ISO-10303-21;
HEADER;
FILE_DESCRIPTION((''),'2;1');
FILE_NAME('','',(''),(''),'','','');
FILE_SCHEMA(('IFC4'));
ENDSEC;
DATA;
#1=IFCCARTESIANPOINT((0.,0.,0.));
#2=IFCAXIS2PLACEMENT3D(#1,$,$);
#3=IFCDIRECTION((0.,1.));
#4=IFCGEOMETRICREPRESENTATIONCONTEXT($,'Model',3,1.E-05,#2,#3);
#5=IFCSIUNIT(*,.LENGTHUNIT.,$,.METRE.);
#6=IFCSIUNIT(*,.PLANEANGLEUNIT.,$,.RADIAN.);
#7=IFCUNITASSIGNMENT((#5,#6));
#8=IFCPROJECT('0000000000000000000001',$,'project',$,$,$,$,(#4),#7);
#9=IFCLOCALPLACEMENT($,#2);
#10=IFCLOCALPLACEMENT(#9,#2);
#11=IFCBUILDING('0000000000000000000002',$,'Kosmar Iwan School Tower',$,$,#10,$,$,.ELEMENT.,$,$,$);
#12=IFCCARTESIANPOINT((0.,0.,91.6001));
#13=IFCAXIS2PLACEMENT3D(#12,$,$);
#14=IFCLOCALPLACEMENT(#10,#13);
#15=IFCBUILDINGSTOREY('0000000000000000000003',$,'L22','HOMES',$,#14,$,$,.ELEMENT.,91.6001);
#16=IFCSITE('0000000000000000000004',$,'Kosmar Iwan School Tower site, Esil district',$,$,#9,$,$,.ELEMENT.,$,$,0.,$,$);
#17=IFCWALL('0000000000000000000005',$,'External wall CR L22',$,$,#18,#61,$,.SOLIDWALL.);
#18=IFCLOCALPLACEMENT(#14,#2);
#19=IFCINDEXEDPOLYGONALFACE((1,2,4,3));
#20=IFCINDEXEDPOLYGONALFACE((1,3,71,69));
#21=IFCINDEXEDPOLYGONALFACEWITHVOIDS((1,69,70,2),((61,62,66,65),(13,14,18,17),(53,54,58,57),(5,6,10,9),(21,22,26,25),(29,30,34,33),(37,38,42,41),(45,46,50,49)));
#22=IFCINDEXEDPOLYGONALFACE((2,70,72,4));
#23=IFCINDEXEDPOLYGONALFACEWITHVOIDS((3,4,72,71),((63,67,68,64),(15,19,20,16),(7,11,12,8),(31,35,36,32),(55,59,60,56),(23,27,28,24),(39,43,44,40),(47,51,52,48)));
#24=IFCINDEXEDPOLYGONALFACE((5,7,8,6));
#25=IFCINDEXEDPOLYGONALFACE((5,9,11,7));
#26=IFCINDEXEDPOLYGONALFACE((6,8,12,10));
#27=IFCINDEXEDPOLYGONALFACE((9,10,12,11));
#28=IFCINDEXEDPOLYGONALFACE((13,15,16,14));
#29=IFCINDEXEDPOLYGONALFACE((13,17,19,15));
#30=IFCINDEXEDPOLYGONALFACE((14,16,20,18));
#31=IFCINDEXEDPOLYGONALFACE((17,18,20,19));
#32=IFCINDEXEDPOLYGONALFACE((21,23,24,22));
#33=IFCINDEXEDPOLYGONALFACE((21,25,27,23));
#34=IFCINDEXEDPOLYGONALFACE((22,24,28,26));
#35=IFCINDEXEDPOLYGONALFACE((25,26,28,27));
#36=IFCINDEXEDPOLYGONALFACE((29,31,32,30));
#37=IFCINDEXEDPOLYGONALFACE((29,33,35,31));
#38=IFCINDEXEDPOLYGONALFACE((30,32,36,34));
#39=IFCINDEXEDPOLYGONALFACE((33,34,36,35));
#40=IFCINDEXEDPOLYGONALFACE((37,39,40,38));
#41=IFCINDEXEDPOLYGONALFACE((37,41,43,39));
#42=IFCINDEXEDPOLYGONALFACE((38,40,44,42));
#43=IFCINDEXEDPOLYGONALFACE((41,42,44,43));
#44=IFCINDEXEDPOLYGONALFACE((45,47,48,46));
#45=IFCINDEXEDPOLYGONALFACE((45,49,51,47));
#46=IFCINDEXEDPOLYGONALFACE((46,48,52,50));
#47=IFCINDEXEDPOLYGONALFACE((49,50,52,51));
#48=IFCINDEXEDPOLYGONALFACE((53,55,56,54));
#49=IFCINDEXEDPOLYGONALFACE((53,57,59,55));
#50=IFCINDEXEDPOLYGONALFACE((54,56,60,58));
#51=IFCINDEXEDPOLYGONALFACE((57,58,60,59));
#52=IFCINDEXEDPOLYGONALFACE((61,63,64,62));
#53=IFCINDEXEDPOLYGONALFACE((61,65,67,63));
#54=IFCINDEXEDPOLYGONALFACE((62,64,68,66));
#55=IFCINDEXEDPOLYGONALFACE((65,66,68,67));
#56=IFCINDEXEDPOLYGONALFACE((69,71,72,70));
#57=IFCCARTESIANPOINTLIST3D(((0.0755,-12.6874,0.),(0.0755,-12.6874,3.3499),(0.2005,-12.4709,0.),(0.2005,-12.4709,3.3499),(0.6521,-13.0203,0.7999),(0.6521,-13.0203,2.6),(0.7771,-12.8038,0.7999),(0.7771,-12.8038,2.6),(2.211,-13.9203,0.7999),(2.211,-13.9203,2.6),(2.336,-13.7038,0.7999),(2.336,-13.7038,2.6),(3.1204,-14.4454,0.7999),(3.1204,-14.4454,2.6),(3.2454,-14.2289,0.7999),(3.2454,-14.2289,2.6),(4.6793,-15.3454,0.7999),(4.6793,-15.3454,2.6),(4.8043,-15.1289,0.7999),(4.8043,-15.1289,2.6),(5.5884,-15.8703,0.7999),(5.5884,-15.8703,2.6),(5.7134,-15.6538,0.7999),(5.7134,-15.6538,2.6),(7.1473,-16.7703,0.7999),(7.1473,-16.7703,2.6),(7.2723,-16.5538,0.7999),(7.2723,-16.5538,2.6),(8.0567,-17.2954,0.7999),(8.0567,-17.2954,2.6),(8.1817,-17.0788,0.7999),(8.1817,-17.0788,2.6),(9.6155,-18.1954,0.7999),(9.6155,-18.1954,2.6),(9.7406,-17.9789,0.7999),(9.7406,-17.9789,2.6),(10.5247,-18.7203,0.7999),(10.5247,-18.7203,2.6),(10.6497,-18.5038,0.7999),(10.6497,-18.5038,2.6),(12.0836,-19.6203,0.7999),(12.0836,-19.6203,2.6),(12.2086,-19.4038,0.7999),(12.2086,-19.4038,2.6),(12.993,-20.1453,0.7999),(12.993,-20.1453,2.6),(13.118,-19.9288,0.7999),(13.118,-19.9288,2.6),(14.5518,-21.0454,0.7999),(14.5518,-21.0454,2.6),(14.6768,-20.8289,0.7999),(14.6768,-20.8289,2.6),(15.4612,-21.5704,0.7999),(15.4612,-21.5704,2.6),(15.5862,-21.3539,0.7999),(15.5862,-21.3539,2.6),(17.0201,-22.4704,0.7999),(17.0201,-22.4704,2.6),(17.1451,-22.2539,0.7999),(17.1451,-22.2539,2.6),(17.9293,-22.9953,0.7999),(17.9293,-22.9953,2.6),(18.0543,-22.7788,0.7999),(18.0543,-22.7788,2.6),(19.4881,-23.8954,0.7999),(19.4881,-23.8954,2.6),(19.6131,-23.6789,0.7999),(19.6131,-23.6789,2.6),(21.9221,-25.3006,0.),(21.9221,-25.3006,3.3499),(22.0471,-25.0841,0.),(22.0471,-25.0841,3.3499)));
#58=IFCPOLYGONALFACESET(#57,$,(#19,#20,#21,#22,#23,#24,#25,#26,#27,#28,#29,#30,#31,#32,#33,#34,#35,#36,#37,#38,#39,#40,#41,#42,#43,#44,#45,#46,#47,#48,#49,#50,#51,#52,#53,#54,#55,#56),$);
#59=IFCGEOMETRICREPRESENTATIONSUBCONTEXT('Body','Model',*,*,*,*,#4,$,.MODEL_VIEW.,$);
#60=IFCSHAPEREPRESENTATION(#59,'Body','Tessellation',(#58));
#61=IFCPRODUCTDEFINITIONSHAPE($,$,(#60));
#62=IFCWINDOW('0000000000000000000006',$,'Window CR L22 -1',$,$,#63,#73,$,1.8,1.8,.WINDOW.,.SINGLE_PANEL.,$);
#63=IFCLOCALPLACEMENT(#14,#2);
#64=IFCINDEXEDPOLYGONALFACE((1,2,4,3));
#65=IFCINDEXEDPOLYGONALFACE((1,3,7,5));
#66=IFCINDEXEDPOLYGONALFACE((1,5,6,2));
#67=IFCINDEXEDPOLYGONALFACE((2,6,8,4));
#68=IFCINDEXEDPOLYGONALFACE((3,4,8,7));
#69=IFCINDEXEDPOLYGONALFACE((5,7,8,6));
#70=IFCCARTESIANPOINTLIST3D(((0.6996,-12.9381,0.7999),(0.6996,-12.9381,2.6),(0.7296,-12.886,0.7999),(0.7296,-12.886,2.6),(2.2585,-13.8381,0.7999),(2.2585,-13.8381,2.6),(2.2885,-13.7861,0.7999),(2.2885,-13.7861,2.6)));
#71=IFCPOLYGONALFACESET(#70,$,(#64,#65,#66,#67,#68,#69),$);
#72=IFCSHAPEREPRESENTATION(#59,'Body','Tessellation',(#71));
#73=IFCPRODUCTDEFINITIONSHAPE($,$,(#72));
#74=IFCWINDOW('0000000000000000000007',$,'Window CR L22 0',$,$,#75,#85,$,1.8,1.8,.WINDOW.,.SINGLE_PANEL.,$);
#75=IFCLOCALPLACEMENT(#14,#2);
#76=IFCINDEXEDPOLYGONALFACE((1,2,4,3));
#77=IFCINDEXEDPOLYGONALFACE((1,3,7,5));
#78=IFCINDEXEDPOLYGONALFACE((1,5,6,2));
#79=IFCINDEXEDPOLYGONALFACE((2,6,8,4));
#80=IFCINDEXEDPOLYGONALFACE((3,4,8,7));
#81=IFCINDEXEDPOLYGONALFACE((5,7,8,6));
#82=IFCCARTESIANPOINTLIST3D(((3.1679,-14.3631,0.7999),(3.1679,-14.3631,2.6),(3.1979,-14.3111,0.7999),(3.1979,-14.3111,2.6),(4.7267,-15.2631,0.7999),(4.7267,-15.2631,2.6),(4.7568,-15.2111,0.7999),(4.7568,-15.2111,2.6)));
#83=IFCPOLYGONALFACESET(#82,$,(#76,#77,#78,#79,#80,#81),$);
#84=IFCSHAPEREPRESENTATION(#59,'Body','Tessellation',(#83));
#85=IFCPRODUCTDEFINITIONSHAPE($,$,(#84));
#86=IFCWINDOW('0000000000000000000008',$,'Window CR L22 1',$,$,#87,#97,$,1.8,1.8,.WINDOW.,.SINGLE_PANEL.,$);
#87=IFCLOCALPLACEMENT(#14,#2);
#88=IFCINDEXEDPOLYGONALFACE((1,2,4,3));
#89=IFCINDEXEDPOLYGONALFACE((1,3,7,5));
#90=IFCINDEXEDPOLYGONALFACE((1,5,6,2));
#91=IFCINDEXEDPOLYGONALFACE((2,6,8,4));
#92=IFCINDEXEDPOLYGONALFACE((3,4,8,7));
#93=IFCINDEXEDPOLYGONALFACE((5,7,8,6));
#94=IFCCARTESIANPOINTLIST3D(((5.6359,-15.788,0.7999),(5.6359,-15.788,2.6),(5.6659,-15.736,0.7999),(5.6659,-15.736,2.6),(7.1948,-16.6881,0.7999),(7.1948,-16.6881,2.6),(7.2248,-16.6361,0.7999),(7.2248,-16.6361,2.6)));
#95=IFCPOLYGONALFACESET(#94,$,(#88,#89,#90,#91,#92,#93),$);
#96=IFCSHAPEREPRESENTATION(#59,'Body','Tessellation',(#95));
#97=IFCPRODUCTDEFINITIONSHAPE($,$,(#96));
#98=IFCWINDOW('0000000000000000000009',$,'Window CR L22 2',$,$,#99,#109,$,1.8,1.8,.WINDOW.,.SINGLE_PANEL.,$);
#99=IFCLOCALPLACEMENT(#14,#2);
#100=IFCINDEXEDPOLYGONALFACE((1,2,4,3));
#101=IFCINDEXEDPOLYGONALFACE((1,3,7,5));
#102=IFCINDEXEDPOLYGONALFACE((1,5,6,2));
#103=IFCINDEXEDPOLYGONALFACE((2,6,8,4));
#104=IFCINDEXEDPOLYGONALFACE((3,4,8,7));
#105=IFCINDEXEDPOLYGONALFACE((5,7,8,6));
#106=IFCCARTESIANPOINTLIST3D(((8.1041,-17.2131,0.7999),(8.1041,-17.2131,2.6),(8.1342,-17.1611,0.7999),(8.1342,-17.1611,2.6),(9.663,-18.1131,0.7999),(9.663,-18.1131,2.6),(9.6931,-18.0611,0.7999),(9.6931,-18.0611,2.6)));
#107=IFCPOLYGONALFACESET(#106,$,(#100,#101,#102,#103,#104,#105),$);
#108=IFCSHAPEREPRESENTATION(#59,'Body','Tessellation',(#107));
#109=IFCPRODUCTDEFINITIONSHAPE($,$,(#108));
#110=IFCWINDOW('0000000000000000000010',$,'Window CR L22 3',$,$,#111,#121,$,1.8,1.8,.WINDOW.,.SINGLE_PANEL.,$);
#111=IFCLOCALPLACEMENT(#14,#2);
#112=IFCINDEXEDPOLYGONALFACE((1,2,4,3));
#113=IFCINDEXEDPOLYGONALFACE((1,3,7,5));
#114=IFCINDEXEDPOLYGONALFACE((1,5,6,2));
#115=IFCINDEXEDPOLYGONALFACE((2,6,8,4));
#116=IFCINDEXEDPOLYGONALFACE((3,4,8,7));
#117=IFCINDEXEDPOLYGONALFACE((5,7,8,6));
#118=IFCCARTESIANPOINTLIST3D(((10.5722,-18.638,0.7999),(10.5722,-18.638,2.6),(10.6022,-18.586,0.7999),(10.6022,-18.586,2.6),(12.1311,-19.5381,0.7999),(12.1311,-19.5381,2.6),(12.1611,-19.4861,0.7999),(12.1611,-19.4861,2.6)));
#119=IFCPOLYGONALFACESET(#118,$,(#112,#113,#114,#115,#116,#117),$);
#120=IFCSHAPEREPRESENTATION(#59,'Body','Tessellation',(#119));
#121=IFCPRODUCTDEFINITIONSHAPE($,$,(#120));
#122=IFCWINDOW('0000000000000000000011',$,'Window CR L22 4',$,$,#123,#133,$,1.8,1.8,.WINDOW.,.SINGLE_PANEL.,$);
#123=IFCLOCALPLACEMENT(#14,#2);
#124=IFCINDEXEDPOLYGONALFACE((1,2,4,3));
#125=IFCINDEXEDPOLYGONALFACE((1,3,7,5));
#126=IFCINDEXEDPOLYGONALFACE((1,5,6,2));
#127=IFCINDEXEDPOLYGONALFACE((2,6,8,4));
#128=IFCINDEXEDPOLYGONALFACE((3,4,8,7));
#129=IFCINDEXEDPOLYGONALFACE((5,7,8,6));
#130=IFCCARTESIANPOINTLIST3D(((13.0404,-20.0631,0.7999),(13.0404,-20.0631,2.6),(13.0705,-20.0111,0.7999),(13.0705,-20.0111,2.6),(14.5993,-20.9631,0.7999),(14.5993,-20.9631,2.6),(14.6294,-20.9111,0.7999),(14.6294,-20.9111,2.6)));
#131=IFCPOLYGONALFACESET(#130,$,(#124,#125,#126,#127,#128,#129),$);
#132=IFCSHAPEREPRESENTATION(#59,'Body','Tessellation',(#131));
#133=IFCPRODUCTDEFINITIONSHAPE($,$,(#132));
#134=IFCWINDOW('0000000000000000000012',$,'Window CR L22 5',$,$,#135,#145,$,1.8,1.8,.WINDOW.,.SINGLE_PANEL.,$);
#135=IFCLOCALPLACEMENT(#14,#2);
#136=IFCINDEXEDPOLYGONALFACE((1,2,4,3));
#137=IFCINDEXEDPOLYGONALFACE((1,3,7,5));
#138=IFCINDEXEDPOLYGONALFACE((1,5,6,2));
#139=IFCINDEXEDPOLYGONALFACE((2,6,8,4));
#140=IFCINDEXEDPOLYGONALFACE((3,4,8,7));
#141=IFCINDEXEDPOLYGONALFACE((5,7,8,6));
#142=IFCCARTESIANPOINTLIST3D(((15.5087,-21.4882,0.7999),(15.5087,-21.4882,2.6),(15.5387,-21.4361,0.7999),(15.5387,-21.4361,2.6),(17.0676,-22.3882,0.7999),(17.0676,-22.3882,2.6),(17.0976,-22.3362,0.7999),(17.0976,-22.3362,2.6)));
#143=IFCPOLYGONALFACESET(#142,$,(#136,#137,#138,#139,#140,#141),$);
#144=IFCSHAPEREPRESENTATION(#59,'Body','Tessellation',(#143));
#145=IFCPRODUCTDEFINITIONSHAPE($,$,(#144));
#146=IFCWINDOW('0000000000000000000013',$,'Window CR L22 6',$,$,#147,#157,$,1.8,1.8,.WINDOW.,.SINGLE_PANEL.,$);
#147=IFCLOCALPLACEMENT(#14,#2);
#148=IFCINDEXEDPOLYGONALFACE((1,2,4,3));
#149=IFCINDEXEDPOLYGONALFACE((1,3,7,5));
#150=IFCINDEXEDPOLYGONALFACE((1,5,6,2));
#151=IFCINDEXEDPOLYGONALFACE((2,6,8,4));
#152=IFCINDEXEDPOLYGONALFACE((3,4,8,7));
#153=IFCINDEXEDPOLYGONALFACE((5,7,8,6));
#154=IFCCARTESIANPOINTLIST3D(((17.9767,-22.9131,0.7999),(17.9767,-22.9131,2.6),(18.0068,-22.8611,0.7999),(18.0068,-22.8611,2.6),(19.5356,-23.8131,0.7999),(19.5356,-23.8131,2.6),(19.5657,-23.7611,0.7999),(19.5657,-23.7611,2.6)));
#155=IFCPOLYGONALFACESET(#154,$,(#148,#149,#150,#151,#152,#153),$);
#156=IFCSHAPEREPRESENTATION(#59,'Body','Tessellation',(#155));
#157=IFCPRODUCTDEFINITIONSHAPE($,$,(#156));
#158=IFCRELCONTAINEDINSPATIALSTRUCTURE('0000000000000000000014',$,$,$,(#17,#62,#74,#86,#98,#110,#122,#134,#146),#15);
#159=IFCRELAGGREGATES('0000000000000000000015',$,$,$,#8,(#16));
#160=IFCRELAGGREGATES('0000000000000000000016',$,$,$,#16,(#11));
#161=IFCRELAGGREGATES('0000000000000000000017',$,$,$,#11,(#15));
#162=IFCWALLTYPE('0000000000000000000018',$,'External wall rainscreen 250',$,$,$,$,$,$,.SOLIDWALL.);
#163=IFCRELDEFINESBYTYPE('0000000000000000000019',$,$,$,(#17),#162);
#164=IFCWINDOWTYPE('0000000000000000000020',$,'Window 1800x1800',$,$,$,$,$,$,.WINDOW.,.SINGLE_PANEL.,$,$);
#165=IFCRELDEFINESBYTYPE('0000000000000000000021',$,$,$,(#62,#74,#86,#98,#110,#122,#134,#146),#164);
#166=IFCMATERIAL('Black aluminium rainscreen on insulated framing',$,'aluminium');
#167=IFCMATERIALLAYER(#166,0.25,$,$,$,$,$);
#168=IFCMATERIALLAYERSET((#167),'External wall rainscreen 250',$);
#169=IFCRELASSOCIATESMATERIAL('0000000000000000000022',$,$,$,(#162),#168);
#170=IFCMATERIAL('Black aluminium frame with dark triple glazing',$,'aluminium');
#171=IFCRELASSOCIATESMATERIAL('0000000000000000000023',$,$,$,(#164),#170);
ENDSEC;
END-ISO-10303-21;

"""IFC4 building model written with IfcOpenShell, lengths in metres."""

from ifc_helpers import new_model, si_unit, direction, frame, frame_2d, origin, place, context, subcontext, project, spatial, rectangle, extrude, material, layer, layer_set, type_object, element, fill, save


model = new_model("IFC4")

# Units and contexts
model_context = context("Model", 3, precision=1e-05, world=origin(), true_north=direction((0.0, 1.0)))
body_context = subcontext(model_context, "Body", "Model", "MODEL_VIEW")
ifc_project = project(units=[si_unit("LENGTHUNIT", "METRE"), si_unit("PLANEANGLEUNIT", "RADIAN")], contexts=[model_context])

# Site, building, storey
site_placement = place(None, origin())
site = spatial("IfcSite", under=ifc_project, at=site_placement, Name="Kosmar Iwan School Tower site, Esil district", CompositionType="ELEMENT", RefElevation=0.0)
building_placement = place(site_placement, origin())
building = spatial("IfcBuilding", under=site, at=building_placement, Name="Kosmar Iwan School Tower", CompositionType="ELEMENT")
storey_placement = place(building_placement, frame((0.0, 0.0, 91.6001)))
storey = spatial("IfcBuildingStorey", under=building, at=storey_placement, Name="L22", Description="HOMES", CompositionType="ELEMENT", Elevation=91.6001)

# Wall, openings, windows
ifc_material_1 = material(Name="Black aluminium rainscreen on insulated framing", Category="aluminium")
ifc_layer_1 = layer(ifc_material_1, 0.25)
ifc_layer_set_1 = layer_set([ifc_layer_1], Name="External wall rainscreen 250")
wall_type_1 = type_object("IfcWallType", Name="External wall rainscreen 250", PredefinedType="SOLIDWALL", material=ifc_layer_set_1)
ifc_material_2 = material(Name="Black aluminium frame with dark triple glazing", Category="aluminium")
window_type = type_object("IfcWindowType", Name="Window 1800x1800", PartitioningType="SINGLE_PANEL", PredefinedType="WINDOW", material=ifc_material_2)
wall_1_placement = place(storey_placement, frame((0.1379, -12.5791, 0.0), z_axis=(0.0, 0.0, 1.0), x_axis=(0.866024, -0.500003, 0.0)))
wall_1 = element("IfcWall", 1, at=wall_1_placement, inside=storey, type_object=wall_type_1, Name="External wall CR L22", PredefinedType="SOLIDWALL", context=body_context, shape_type="SweptSolid", body=[
    extrude(rectangle(XDim=25.2263, YDim=0.25, at=frame_2d((12.6133, 0.0))), origin(), (0.0, 0.0, 1.0), 3.3499),
])
opening_1_placement = place(wall_1_placement, frame((0.666, 0.0, 0.8)))
opening_1 = element("IfcOpeningElement", 2, at=opening_1_placement, cuts=wall_1, PredefinedType="OPENING", context=body_context, shape_type="SweptSolid", body=[
    extrude(rectangle(XDim=1.8, YDim=1.8, at=frame_2d((0.8999, 0.8999))), frame((0.0, 0.137, 0.0), z_axis=(0.0, -1.0, 0.0), x_axis=(1.0, 0.0, 0.0)), (0.0, 0.0, 1.0), 0.2739),
])
opening_2_placement = place(wall_1_placement, frame((3.5161, 0.0, 0.8)))
opening_2 = element("IfcOpeningElement", 3, at=opening_2_placement, cuts=wall_1, PredefinedType="OPENING", context=body_context, shape_type="SweptSolid", body=[
    extrude(rectangle(XDim=1.8, YDim=1.8, at=frame_2d((0.8999, 0.8999))), frame((0.0, 0.137, 0.0), z_axis=(0.0, -1.0, 0.0), x_axis=(1.0, 0.0, 0.0)), (0.0, 0.0, 1.0), 0.2739),
])
opening_3_placement = place(wall_1_placement, frame((6.366, 0.0, 0.8)))
opening_3 = element("IfcOpeningElement", 4, at=opening_3_placement, cuts=wall_1, PredefinedType="OPENING", context=body_context, shape_type="SweptSolid", body=[
    extrude(rectangle(XDim=1.8, YDim=1.8, at=frame_2d((0.8999, 0.8999))), frame((0.0, 0.137, 0.0), z_axis=(0.0, -1.0, 0.0), x_axis=(1.0, 0.0, 0.0)), (0.0, 0.0, 1.0), 0.2739),
])
opening_4_placement = place(wall_1_placement, frame((9.2161, 0.0, 0.8)))
opening_4 = element("IfcOpeningElement", 5, at=opening_4_placement, cuts=wall_1, PredefinedType="OPENING", context=body_context, shape_type="SweptSolid", body=[
    extrude(rectangle(XDim=1.8, YDim=1.8, at=frame_2d((0.8999, 0.8999))), frame((0.0, 0.137, 0.0), z_axis=(0.0, -1.0, 0.0), x_axis=(1.0, 0.0, 0.0)), (0.0, 0.0, 1.0), 0.2739),
])
opening_5_placement = place(wall_1_placement, frame((12.0659, 0.0, 0.8)))
opening_5 = element("IfcOpeningElement", 6, at=opening_5_placement, cuts=wall_1, PredefinedType="OPENING", context=body_context, shape_type="SweptSolid", body=[
    extrude(rectangle(XDim=1.8, YDim=1.8, at=frame_2d((0.8999, 0.8999))), frame((0.0, 0.137, 0.0), z_axis=(0.0, -1.0, 0.0), x_axis=(1.0, 0.0, 0.0)), (0.0, 0.0, 1.0), 0.2739),
])
opening_6_placement = place(wall_1_placement, frame((14.916, 0.0, 0.8)))
opening_6 = element("IfcOpeningElement", 7, at=opening_6_placement, cuts=wall_1, PredefinedType="OPENING", context=body_context, shape_type="SweptSolid", body=[
    extrude(rectangle(XDim=1.8, YDim=1.8, at=frame_2d((0.8999, 0.8999))), frame((0.0, 0.137, 0.0), z_axis=(0.0, -1.0, 0.0), x_axis=(1.0, 0.0, 0.0)), (0.0, 0.0, 1.0), 0.2739),
])
opening_7_placement = place(wall_1_placement, frame((17.7661, 0.0, 0.8)))
opening_7 = element("IfcOpeningElement", 8, at=opening_7_placement, cuts=wall_1, PredefinedType="OPENING", context=body_context, shape_type="SweptSolid", body=[
    extrude(rectangle(XDim=1.8, YDim=1.8, at=frame_2d((0.8999, 0.8999))), frame((0.0, 0.137, 0.0), z_axis=(0.0, -1.0, 0.0), x_axis=(1.0, 0.0, 0.0)), (0.0, 0.0, 1.0), 0.2739),
])
opening_8_placement = place(wall_1_placement, frame((20.616, 0.0, 0.8)))
opening_8 = element("IfcOpeningElement", 9, at=opening_8_placement, cuts=wall_1, PredefinedType="OPENING", context=body_context, shape_type="SweptSolid", body=[
    extrude(rectangle(XDim=1.8, YDim=1.8, at=frame_2d((0.8999, 0.8999))), frame((0.0, 0.137, 0.0), z_axis=(0.0, -1.0, 0.0), x_axis=(1.0, 0.0, 0.0)), (0.0, 0.0, 1.0), 0.2739),
])
window_1_placement = place(opening_1_placement, origin())
window_1 = element("IfcWindow", 10, at=window_1_placement, inside=storey, type_object=window_type, Name="Window CR L22 -1", OverallHeight=1.8, OverallWidth=1.8, PartitioningType="SINGLE_PANEL", PredefinedType="WINDOW", context=body_context, shape_type="SweptSolid", body=[
    extrude(rectangle(XDim=1.8, YDim=1.8, at=frame_2d((0.8999, 0.8999))), frame((0.0, 0.03, 0.0), z_axis=(0.0, -1.0, 0.0), x_axis=(1.0, 0.0, 0.0)), (0.0, 0.0, 1.0), 0.0601),
])
fill(opening_1, window_1)
window_2_placement = place(opening_2_placement, origin())
window_2 = element("IfcWindow", 11, at=window_2_placement, inside=storey, type_object=window_type, Name="Window CR L22 0", OverallHeight=1.8, OverallWidth=1.8, PartitioningType="SINGLE_PANEL", PredefinedType="WINDOW", context=body_context, shape_type="SweptSolid", body=[
    extrude(rectangle(XDim=1.8, YDim=1.8, at=frame_2d((0.8999, 0.8999))), frame((0.0, 0.03, 0.0), z_axis=(0.0, -1.0, 0.0), x_axis=(1.0, 0.0, 0.0)), (0.0, 0.0, 1.0), 0.0601),
])
fill(opening_2, window_2)
window_3_placement = place(opening_3_placement, origin())
window_3 = element("IfcWindow", 12, at=window_3_placement, inside=storey, type_object=window_type, Name="Window CR L22 1", OverallHeight=1.8, OverallWidth=1.8, PartitioningType="SINGLE_PANEL", PredefinedType="WINDOW", context=body_context, shape_type="SweptSolid", body=[
    extrude(rectangle(XDim=1.8, YDim=1.8, at=frame_2d((0.8999, 0.8999))), frame((0.0, 0.03, 0.0), z_axis=(0.0, -1.0, 0.0), x_axis=(1.0, 0.0, 0.0)), (0.0, 0.0, 1.0), 0.0601),
])
fill(opening_3, window_3)
window_4_placement = place(opening_4_placement, origin())
window_4 = element("IfcWindow", 13, at=window_4_placement, inside=storey, type_object=window_type, Name="Window CR L22 2", OverallHeight=1.8, OverallWidth=1.8, PartitioningType="SINGLE_PANEL", PredefinedType="WINDOW", context=body_context, shape_type="SweptSolid", body=[
    extrude(rectangle(XDim=1.8, YDim=1.8, at=frame_2d((0.8999, 0.8999))), frame((0.0, 0.03, 0.0), z_axis=(0.0, -1.0, 0.0), x_axis=(1.0, 0.0, 0.0)), (0.0, 0.0, 1.0), 0.0601),
])
fill(opening_4, window_4)
window_5_placement = place(opening_5_placement, origin())
window_5 = element("IfcWindow", 14, at=window_5_placement, inside=storey, type_object=window_type, Name="Window CR L22 3", OverallHeight=1.8, OverallWidth=1.8, PartitioningType="SINGLE_PANEL", PredefinedType="WINDOW", context=body_context, shape_type="SweptSolid", body=[
    extrude(rectangle(XDim=1.8, YDim=1.8, at=frame_2d((0.8999, 0.8999))), frame((0.0, 0.03, 0.0), z_axis=(0.0, -1.0, 0.0), x_axis=(1.0, 0.0, 0.0)), (0.0, 0.0, 1.0), 0.0601),
])
fill(opening_5, window_5)
window_6_placement = place(opening_6_placement, origin())
window_6 = element("IfcWindow", 15, at=window_6_placement, inside=storey, type_object=window_type, Name="Window CR L22 4", OverallHeight=1.8, OverallWidth=1.8, PartitioningType="SINGLE_PANEL", PredefinedType="WINDOW", context=body_context, shape_type="SweptSolid", body=[
    extrude(rectangle(XDim=1.8, YDim=1.8, at=frame_2d((0.8999, 0.8999))), frame((0.0, 0.03, 0.0), z_axis=(0.0, -1.0, 0.0), x_axis=(1.0, 0.0, 0.0)), (0.0, 0.0, 1.0), 0.0601),
])
fill(opening_6, window_6)
window_7_placement = place(opening_7_placement, origin())
window_7 = element("IfcWindow", 16, at=window_7_placement, inside=storey, type_object=window_type, Name="Window CR L22 5", OverallHeight=1.8, OverallWidth=1.8, PartitioningType="SINGLE_PANEL", PredefinedType="WINDOW", context=body_context, shape_type="SweptSolid", body=[
    extrude(rectangle(XDim=1.8, YDim=1.8, at=frame_2d((0.8999, 0.8999))), frame((0.0, 0.03, 0.0), z_axis=(0.0, -1.0, 0.0), x_axis=(1.0, 0.0, 0.0)), (0.0, 0.0, 1.0), 0.0601),
])
fill(opening_7, window_7)
window_8_placement = place(opening_8_placement, origin())
window_8 = element("IfcWindow", 17, at=window_8_placement, inside=storey, type_object=window_type, Name="Window CR L22 6", OverallHeight=1.8, OverallWidth=1.8, PartitioningType="SINGLE_PANEL", PredefinedType="WINDOW", context=body_context, shape_type="SweptSolid", body=[
    extrude(rectangle(XDim=1.8, YDim=1.8, at=frame_2d((0.8999, 0.8999))), frame((0.0, 0.03, 0.0), z_axis=(0.0, -1.0, 0.0), x_axis=(1.0, 0.0, 0.0)), (0.0, 0.0, 1.0), 0.0601),
])
fill(opening_8, window_8)

save(model, "model.ifc")
